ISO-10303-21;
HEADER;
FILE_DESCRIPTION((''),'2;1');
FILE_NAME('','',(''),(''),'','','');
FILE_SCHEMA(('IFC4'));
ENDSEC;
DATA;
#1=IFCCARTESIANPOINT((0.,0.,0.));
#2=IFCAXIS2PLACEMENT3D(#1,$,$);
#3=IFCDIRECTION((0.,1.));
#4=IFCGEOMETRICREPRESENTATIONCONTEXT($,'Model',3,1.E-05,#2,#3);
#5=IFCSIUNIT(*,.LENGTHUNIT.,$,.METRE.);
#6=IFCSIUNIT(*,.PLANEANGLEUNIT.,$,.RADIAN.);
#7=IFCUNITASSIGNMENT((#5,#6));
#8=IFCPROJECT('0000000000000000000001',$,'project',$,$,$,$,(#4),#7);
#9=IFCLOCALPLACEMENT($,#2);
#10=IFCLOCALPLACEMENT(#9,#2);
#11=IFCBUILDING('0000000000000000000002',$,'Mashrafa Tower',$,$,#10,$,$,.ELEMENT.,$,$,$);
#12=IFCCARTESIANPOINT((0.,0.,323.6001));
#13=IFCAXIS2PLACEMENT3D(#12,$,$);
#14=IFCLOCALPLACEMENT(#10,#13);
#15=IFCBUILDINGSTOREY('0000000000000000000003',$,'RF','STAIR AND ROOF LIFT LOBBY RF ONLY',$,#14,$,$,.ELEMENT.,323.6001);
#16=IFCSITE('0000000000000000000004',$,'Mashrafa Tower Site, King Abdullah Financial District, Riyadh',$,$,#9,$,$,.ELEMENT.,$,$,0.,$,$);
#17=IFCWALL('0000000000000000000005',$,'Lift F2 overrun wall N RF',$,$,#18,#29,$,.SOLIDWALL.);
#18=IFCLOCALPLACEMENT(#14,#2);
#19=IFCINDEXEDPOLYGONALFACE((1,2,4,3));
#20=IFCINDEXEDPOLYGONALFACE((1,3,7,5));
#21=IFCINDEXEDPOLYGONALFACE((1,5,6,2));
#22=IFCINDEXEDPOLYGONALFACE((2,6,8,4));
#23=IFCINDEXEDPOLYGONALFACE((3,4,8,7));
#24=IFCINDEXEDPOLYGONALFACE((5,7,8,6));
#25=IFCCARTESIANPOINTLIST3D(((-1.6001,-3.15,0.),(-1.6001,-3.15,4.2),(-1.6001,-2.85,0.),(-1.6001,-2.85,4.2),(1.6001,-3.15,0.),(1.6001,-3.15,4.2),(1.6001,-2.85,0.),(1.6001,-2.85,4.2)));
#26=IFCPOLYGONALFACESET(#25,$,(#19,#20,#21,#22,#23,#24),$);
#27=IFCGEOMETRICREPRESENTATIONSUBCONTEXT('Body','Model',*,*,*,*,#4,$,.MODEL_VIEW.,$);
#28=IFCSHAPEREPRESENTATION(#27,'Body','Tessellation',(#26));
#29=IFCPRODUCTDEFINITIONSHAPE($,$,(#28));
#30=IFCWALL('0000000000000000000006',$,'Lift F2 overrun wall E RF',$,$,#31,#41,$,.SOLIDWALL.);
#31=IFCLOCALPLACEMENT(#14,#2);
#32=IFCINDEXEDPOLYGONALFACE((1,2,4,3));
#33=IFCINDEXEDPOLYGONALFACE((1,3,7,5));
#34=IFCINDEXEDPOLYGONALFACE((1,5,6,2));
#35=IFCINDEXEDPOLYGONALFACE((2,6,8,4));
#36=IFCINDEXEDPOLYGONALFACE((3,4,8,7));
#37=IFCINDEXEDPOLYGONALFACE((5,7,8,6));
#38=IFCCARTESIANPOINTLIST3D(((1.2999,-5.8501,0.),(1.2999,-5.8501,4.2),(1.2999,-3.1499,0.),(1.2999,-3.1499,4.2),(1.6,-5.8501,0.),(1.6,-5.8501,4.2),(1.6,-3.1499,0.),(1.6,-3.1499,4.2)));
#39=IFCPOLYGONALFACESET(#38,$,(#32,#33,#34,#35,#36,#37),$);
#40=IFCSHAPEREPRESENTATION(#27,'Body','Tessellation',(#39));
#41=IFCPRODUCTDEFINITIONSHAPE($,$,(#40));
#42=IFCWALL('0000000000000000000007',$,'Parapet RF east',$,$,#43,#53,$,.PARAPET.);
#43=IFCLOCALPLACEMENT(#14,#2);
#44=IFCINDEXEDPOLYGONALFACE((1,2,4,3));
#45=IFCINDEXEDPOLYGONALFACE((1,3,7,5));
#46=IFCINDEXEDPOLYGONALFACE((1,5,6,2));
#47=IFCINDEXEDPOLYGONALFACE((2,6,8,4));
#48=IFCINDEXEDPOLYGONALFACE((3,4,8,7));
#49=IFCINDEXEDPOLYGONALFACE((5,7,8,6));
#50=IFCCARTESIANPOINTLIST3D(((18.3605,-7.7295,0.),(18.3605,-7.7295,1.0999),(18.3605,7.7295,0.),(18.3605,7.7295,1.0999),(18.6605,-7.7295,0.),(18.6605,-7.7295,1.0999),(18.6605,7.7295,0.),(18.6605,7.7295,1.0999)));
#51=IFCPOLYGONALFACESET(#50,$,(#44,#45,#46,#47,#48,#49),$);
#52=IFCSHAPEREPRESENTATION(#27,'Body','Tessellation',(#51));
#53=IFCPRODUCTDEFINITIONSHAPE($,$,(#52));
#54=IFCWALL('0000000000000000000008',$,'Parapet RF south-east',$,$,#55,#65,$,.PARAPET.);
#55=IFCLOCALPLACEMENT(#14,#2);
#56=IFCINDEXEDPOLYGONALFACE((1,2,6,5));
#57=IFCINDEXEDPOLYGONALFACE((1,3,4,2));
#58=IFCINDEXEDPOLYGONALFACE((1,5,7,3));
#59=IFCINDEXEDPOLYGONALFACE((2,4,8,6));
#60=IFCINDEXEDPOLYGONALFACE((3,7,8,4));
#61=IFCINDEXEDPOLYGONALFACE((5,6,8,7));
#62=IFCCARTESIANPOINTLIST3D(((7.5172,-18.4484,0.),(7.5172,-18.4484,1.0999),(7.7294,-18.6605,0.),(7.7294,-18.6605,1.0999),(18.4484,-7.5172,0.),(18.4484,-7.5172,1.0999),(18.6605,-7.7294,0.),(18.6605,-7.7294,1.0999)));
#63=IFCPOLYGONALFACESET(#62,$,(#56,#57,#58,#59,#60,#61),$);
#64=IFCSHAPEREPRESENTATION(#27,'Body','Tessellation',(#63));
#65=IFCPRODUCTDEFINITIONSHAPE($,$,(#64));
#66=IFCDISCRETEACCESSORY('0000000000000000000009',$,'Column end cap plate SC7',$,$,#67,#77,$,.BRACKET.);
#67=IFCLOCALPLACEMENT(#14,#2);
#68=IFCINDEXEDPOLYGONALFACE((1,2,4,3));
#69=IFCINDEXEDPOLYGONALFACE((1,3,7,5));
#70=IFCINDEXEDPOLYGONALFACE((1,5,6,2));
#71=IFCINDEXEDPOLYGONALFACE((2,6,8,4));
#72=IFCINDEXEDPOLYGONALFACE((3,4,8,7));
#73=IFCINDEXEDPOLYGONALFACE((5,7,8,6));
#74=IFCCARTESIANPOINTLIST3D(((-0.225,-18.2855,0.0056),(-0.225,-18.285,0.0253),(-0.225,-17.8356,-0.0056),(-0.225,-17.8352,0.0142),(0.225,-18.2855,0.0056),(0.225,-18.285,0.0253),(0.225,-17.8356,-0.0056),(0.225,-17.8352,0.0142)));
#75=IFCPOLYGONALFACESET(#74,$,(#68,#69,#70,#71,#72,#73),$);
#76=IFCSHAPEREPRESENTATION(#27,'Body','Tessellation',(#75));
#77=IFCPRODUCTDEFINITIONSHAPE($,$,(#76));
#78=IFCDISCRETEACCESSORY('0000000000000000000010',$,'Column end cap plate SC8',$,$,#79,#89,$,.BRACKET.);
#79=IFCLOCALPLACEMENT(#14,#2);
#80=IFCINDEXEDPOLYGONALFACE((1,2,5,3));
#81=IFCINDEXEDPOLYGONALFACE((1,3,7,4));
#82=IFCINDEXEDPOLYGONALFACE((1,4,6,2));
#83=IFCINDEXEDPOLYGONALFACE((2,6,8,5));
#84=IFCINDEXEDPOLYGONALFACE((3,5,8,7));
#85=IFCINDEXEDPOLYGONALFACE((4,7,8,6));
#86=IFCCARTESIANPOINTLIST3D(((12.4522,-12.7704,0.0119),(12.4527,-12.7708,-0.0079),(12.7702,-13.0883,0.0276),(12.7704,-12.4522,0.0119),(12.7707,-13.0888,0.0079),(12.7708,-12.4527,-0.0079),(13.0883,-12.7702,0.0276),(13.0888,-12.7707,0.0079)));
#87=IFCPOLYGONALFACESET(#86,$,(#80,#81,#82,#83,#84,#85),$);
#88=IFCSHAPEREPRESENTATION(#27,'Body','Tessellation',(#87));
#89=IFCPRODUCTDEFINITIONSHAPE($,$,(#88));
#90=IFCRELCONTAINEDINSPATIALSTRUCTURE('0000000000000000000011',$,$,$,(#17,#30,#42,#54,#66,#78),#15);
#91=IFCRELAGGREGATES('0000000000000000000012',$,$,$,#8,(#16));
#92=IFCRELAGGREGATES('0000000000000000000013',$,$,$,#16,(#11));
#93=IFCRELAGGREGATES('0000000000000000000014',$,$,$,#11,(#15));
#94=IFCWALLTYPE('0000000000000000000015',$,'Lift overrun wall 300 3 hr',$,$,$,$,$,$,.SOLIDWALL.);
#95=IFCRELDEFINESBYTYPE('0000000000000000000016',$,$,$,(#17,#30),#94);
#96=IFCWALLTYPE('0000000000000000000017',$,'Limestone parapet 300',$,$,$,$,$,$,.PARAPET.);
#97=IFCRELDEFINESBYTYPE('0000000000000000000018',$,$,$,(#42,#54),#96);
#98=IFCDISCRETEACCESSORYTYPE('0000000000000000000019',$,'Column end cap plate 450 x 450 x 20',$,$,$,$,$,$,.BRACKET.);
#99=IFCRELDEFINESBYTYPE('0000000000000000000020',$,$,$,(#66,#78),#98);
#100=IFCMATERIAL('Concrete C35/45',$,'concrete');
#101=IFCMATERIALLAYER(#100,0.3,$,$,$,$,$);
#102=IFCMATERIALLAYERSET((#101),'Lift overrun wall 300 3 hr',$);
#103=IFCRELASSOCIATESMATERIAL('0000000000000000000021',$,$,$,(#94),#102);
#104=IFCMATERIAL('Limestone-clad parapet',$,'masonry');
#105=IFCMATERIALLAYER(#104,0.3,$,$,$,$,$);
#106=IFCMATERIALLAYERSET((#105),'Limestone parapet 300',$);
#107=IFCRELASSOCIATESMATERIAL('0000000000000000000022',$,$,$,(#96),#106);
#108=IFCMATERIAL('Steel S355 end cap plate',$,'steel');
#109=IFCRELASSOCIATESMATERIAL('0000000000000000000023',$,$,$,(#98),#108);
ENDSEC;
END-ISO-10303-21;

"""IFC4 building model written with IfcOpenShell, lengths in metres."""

from ifc_helpers import new_model, si_unit, direction, frame, frame_2d, origin, origin_2d, place, context, subcontext, project, spatial, rectangle, extrude, material, layer, layer_set, type_object, element, save


model = new_model("IFC4")

# Units and contexts
model_context = context("Model", 3, precision=1e-05, world=origin(), true_north=direction((0.0, 1.0)))
body_context = subcontext(model_context, "Body", "Model", "MODEL_VIEW")
ifc_project = project(units=[si_unit("LENGTHUNIT", "METRE"), si_unit("PLANEANGLEUNIT", "RADIAN")], contexts=[model_context])

# Site, building, storey
site_placement = place(None, origin())
site = spatial("IfcSite", under=ifc_project, at=site_placement, Name="Mashrafa Tower Site, King Abdullah Financial District, Riyadh", CompositionType="ELEMENT", RefElevation=0.0)
building_placement = place(site_placement, origin())
building = spatial("IfcBuilding", under=site, at=building_placement, Name="Mashrafa Tower", CompositionType="ELEMENT")
storey_placement = place(building_placement, frame((0.0, 0.0, 323.6001)))
storey = spatial("IfcBuildingStorey", under=building, at=storey_placement, Name="RF", Description="STAIR AND ROOF LIFT LOBBY RF ONLY", CompositionType="ELEMENT", Elevation=323.6001)

# Walls
ifc_material_1 = material(Name="Concrete C35/45", Category="concrete")
ifc_layer_1 = layer(ifc_material_1, 0.3)
ifc_layer_set_1 = layer_set([ifc_layer_1], Name="Lift overrun wall 300 3 hr")
wall_type_1 = type_object("IfcWallType", Name="Lift overrun wall 300 3 hr", PredefinedType="SOLIDWALL", material=ifc_layer_set_1)
wall_1_placement = place(storey_placement, frame((1.6001, -3.0, 0.0), z_axis=(0.0, 0.0, 1.0), x_axis=(-1.0, 0.0, 0.0)))
element("IfcWall", 1, at=wall_1_placement, inside=storey, type_object=wall_type_1, Name="Lift F2 overrun wall N RF", PredefinedType="SOLIDWALL", context=body_context, shape_type="SweptSolid", body=[
    extrude(rectangle(XDim=3.2002, YDim=0.3, at=frame_2d((1.6001, 0.0))), origin(), (0.0, 0.0, 1.0), 4.2),
])
wall_2_placement = place(storey_placement, frame((1.45, -5.8501, 0.0), z_axis=(0.0, 0.0, 1.0), x_axis=(0.0, 1.0, 0.0)))
element("IfcWall", 2, at=wall_2_placement, inside=storey, type_object=wall_type_1, Name="Lift F2 overrun wall E RF", PredefinedType="SOLIDWALL", context=body_context, shape_type="SweptSolid", body=[
    extrude(rectangle(XDim=2.7002, YDim=0.3, at=frame_2d((1.3501, 0.0))), origin(), (0.0, 0.0, 1.0), 4.2),
])
ifc_material_2 = material(Name="Limestone-clad parapet", Category="masonry")
ifc_layer_2 = layer(ifc_material_2, 0.3)
ifc_layer_set_2 = layer_set([ifc_layer_2], Name="Limestone parapet 300")
wall_type_2 = type_object("IfcWallType", Name="Limestone parapet 300", PredefinedType="PARAPET", material=ifc_layer_set_2)
for number, where, z_axis, x_axis, name in (
    (3, (18.5105, -7.7295, 0.0), (0.0, 0.0, 1.0), (0.0, 1.0, 0.0), "Parapet RF east"),
    (4, (7.6233, -18.5544, 0.0), (0.0, 0.0, 1.0), (0.707107, 0.707107, 0.0), "Parapet RF south-east"),
):
    element("IfcWall", number, at=place(storey_placement, frame(where, z_axis=z_axis, x_axis=x_axis)), inside=storey, type_object=wall_type_2, Name=name, PredefinedType="PARAPET", context=body_context, shape_type="SweptSolid", body=[
        extrude(rectangle(XDim=15.459, YDim=0.3, at=frame_2d((7.7295, 0.0))), origin(), (0.0, 0.0, 1.0), 1.0999),
    ])

# Discrete accessories
ifc_material_3 = material(Name="Steel S355 end cap plate", Category="steel")
discrete_accessory_type = type_object("IfcDiscreteAccessoryType", Name="Column end cap plate 450 x 450 x 20", PredefinedType="BRACKET", material=ifc_material_3)
for number, where, z_axis, x_axis, name in (
    (5, (0.0, -18.0605, 0.0), (0.0, 0.024684, 0.999695), (-1.0, 0.0, 0.0), "Column end cap plate SC7"),
    (6, (12.7708, -12.7708, 0.0), (-0.024676, 0.024676, 0.999391), (-0.707107, -0.707107, 0.0), "Column end cap plate SC8"),
):
    element("IfcDiscreteAccessory", number, at=place(storey_placement, frame(where, z_axis=z_axis, x_axis=x_axis)), inside=storey, type_object=discrete_accessory_type, Name=name, PredefinedType="BRACKET", context=body_context, shape_type="SweptSolid", body=[
        extrude(rectangle(XDim=0.45, YDim=0.45, at=origin_2d()), origin(), (0.0, 0.0, 1.0), 0.0198),
    ])

save(model, "model.ifc")
